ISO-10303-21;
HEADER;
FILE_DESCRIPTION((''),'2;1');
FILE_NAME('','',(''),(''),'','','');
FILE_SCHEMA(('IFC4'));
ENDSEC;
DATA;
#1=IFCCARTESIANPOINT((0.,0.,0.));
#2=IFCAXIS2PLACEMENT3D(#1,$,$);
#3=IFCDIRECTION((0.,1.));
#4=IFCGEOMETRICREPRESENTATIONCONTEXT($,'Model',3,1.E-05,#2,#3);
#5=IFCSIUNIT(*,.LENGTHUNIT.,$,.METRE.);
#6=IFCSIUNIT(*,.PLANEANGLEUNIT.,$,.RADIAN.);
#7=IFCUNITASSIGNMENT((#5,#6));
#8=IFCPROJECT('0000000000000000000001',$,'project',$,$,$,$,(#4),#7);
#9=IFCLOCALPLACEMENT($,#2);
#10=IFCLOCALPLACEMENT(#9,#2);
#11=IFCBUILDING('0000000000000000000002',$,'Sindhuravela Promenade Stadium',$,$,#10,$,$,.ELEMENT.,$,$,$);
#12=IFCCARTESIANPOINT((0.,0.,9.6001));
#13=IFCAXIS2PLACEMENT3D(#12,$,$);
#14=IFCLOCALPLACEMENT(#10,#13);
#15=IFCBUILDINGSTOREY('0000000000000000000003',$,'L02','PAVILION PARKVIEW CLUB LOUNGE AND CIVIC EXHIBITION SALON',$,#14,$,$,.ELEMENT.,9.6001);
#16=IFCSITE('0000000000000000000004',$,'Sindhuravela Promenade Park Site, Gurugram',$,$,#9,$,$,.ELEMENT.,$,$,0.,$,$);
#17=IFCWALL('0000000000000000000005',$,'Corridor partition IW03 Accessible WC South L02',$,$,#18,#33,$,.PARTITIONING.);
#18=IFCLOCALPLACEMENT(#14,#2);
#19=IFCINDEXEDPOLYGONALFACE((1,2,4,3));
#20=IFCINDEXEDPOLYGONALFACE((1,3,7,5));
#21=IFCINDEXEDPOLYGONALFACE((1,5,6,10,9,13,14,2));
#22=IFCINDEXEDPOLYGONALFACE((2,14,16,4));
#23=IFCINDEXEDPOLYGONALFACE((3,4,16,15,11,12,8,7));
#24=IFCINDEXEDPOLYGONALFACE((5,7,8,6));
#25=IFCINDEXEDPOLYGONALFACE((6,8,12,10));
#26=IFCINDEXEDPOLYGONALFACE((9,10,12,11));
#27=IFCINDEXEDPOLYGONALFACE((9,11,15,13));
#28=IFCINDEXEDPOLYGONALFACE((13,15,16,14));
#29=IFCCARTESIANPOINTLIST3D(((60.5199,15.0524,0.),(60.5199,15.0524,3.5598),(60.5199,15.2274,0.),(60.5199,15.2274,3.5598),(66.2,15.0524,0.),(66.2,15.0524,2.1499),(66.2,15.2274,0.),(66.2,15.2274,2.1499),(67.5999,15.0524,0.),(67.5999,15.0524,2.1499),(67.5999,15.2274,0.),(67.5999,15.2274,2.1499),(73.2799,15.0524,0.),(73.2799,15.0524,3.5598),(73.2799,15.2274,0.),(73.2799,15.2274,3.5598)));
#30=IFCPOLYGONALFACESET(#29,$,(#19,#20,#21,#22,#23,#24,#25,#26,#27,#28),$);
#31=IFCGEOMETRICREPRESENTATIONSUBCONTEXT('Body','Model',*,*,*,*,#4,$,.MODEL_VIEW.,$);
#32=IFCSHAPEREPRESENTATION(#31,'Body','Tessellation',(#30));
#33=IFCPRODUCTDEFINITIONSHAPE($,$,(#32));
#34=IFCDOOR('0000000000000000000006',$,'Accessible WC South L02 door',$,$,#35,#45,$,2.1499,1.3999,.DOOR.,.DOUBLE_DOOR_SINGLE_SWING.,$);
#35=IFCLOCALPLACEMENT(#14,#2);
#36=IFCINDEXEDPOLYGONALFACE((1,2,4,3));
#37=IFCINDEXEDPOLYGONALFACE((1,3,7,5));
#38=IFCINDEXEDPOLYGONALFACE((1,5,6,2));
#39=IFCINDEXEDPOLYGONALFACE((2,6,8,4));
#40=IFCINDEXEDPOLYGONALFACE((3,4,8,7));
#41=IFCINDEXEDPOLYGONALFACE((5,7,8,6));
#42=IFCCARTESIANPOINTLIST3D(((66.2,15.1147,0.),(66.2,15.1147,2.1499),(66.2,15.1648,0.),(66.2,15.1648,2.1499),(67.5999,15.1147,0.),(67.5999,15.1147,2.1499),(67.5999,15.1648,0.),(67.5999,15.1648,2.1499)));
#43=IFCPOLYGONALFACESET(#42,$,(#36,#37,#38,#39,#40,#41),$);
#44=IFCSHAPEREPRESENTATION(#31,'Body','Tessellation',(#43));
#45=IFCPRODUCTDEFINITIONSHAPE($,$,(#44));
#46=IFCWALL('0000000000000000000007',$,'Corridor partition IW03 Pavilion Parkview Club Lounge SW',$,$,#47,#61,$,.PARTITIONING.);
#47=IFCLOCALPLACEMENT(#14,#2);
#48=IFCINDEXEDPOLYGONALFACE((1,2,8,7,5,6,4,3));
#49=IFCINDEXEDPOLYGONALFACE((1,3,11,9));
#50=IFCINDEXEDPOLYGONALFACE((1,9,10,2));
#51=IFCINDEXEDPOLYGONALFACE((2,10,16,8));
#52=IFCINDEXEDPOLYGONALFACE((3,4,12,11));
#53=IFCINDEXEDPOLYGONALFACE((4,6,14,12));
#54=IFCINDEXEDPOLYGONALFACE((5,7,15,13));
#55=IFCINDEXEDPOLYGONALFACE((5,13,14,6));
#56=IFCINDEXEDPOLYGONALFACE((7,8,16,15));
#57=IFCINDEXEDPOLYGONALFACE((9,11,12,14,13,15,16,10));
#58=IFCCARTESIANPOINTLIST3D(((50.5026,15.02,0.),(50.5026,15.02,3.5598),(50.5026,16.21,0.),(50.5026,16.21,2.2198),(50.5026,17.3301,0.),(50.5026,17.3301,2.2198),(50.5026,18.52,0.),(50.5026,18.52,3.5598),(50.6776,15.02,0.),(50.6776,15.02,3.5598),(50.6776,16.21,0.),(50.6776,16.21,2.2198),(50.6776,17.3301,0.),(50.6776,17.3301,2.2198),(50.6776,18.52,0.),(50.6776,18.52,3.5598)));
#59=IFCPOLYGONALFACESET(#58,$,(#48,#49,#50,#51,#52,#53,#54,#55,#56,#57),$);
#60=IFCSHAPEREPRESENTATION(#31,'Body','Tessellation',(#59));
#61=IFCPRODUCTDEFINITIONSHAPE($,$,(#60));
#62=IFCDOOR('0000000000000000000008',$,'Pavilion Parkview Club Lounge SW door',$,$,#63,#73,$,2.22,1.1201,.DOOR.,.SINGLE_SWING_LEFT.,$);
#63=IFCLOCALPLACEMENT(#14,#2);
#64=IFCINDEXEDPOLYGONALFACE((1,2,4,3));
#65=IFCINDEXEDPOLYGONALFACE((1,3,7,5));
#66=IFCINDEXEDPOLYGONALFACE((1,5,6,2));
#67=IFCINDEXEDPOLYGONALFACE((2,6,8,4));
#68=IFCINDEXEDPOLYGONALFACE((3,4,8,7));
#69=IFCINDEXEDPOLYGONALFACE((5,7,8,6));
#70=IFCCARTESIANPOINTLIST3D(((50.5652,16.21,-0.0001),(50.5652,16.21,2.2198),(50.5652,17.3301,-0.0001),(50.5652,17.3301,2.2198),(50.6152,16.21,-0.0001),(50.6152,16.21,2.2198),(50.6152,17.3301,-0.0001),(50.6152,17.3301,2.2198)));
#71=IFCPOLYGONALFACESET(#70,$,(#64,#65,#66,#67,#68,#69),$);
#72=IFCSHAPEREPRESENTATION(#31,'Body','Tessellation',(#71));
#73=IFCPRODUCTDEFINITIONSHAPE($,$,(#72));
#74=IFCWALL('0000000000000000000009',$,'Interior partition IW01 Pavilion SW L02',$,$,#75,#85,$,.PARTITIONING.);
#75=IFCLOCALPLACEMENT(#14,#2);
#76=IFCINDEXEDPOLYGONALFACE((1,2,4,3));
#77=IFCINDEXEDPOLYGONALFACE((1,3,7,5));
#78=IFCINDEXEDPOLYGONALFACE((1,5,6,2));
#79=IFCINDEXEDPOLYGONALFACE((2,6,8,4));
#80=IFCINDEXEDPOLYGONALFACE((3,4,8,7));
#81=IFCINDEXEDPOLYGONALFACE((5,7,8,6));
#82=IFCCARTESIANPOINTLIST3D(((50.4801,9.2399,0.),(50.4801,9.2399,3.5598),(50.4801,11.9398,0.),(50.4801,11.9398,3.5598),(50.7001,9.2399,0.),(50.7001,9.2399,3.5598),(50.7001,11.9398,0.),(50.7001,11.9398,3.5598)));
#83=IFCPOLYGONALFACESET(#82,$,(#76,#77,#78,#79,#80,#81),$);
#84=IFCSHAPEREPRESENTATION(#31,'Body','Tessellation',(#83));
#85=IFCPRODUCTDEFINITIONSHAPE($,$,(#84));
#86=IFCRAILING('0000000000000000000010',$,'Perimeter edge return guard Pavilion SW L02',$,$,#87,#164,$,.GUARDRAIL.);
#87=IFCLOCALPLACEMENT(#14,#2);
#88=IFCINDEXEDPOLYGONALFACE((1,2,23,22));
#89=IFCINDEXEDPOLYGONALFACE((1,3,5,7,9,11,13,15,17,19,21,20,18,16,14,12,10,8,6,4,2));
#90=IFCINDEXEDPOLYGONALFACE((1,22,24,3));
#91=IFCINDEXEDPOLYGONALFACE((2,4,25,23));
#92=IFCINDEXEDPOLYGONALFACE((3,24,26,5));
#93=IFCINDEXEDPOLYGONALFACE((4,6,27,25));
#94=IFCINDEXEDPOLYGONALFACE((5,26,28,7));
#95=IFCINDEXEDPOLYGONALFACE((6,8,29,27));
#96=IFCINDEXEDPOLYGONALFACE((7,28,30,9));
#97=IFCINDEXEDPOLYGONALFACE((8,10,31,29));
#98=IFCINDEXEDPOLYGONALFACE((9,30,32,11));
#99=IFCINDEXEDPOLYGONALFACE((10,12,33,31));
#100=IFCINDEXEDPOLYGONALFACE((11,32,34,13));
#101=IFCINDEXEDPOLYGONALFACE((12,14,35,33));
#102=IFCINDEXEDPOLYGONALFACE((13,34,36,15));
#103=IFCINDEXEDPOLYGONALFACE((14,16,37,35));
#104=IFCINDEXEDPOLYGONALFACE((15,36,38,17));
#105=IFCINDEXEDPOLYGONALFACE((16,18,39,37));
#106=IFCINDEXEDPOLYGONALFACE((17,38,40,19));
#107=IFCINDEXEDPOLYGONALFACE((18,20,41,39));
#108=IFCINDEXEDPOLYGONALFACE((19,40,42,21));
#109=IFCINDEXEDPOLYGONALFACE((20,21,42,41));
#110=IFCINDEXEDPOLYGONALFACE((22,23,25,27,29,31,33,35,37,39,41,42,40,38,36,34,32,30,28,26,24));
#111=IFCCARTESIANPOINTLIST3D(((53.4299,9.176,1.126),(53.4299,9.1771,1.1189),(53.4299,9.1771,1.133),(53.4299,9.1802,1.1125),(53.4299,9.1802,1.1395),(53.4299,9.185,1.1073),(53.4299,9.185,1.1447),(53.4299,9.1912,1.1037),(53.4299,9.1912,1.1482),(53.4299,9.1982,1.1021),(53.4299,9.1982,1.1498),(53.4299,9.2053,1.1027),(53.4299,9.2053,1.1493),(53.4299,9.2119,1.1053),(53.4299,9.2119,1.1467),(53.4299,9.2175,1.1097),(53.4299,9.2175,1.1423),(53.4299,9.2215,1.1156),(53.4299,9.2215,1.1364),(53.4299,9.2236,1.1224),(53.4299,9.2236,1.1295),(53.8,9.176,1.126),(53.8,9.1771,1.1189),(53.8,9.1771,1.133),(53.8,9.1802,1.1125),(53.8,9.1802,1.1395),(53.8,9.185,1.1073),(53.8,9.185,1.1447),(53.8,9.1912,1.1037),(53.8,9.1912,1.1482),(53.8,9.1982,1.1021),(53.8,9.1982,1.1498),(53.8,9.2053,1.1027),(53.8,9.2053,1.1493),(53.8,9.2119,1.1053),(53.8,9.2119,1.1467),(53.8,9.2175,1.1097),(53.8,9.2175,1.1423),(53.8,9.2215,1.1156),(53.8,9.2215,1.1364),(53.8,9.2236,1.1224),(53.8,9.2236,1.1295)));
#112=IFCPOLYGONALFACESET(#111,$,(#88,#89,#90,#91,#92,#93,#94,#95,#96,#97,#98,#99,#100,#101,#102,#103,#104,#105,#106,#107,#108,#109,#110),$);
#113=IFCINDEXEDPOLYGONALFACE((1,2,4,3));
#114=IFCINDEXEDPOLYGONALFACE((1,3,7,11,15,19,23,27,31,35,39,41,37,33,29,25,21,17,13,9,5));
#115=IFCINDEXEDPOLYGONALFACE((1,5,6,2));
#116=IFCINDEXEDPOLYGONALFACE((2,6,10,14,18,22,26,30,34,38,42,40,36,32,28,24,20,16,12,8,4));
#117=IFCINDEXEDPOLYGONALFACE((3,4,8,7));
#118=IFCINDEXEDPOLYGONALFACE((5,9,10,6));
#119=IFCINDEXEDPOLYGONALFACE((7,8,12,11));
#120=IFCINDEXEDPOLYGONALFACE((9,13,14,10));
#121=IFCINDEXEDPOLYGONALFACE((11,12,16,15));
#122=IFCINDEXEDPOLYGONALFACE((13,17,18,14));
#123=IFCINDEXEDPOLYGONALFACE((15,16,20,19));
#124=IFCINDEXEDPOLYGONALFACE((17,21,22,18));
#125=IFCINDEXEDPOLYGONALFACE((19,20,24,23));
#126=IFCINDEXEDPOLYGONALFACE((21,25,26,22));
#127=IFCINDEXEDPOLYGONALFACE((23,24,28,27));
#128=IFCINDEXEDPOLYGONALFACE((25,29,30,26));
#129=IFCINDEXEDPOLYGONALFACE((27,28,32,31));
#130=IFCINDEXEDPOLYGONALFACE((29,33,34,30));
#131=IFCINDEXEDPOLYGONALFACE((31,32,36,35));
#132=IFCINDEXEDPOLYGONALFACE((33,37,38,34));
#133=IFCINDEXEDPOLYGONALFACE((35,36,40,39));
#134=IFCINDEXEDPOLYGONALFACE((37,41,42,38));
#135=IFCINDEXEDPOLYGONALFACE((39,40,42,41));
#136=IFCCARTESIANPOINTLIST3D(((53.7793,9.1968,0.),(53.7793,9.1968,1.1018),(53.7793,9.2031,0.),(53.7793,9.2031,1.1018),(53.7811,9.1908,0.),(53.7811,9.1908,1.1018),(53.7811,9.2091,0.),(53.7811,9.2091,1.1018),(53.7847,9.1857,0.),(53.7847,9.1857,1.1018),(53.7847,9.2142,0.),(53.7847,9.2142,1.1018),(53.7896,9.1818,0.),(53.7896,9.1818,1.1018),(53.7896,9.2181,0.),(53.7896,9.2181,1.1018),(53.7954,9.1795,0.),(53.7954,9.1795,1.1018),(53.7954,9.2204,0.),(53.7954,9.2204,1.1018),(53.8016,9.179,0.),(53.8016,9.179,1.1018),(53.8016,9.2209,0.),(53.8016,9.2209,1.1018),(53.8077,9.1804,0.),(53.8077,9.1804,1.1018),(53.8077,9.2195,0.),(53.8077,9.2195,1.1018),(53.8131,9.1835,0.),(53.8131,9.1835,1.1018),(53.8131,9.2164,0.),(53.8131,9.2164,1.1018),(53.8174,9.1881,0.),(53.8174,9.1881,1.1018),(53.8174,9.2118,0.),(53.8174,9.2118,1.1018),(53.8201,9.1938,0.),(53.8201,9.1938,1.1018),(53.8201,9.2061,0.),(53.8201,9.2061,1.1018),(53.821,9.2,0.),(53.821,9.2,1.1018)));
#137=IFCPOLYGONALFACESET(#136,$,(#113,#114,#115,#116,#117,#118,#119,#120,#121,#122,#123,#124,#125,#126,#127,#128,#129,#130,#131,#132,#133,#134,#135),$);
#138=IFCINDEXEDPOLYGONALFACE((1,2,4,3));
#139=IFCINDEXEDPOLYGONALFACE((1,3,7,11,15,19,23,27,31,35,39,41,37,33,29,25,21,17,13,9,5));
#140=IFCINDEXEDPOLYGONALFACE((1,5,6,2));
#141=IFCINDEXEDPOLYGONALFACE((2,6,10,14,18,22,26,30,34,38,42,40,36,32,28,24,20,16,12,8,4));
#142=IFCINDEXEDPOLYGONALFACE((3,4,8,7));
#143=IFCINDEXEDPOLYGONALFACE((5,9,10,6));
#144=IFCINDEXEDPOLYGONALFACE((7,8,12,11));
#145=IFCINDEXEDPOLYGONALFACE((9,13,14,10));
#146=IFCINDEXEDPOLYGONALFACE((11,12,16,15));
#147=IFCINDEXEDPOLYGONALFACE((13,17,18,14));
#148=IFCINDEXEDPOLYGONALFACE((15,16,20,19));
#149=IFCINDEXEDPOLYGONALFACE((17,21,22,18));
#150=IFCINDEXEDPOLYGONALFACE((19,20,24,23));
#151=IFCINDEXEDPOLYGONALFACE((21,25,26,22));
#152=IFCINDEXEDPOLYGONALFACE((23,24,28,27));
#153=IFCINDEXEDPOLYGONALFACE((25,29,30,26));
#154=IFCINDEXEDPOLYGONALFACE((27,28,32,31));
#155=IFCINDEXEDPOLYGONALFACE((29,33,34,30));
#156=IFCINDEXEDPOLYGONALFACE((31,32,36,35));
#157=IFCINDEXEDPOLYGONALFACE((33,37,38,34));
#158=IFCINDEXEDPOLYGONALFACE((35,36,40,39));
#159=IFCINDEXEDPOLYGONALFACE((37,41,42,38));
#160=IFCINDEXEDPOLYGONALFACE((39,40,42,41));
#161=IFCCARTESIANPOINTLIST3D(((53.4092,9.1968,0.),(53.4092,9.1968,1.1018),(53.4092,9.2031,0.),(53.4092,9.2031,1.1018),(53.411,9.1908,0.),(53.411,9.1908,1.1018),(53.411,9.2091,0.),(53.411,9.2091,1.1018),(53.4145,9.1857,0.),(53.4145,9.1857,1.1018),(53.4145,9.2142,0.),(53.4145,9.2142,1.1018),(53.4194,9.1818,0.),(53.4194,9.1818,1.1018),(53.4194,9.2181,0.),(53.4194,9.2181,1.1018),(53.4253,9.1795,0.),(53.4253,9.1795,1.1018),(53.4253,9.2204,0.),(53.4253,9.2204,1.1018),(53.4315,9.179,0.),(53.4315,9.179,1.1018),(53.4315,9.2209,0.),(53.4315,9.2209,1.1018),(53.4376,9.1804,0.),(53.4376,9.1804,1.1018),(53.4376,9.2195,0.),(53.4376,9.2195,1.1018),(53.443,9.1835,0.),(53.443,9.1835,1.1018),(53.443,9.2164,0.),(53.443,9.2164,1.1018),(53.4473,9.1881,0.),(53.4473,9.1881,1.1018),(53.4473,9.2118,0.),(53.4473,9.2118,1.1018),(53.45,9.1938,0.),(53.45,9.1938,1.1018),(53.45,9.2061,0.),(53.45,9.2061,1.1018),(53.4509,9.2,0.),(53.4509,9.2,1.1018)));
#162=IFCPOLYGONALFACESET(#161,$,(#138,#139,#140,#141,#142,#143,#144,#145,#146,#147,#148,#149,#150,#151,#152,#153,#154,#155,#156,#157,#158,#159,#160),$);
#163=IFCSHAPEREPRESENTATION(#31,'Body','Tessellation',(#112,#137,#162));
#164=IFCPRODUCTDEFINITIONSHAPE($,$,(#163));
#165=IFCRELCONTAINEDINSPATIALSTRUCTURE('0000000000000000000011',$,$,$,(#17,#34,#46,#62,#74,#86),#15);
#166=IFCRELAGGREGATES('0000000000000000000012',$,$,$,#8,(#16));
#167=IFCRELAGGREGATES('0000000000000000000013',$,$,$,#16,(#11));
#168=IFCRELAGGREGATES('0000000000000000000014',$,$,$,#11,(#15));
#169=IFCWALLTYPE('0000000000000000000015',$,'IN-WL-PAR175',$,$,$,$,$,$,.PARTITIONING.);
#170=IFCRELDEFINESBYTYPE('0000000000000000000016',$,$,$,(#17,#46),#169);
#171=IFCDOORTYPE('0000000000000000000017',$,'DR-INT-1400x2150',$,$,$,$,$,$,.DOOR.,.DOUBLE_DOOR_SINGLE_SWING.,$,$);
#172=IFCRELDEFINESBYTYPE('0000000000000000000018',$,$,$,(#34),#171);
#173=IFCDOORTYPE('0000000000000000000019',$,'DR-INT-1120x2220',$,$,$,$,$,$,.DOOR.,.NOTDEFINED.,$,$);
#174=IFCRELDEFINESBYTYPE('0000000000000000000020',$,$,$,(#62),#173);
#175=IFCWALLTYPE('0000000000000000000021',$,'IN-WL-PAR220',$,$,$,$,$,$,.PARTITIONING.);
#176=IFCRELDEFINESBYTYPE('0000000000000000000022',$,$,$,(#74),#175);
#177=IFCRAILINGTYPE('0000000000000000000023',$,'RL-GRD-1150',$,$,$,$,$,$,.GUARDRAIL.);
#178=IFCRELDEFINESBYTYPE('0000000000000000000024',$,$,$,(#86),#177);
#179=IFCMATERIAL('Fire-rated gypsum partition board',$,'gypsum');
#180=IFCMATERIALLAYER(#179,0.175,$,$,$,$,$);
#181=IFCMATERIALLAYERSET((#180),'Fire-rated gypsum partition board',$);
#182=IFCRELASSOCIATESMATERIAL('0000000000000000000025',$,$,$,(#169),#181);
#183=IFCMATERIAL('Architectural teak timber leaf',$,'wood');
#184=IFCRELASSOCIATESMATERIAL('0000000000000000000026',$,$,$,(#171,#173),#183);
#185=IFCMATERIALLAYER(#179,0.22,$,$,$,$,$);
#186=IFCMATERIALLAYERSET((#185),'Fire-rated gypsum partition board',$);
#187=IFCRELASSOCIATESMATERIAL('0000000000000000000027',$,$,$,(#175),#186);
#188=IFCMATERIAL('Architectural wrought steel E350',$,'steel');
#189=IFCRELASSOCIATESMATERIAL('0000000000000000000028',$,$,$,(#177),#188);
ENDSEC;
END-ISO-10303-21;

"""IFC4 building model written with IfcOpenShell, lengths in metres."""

from ifc_helpers import new_model, si_unit, direction, frame, frame_2d, origin, origin_2d, place, context, subcontext, project, spatial, rectangle, circle, extrude, material, layer, layer_set, type_object, element, fill, save


model = new_model("IFC4")

# Units and contexts
model_context = context("Model", 3, precision=1e-05, world=origin(), true_north=direction((0.0, 1.0)))
body_context = subcontext(model_context, "Body", "Model", "MODEL_VIEW")
ifc_project = project(units=[si_unit("LENGTHUNIT", "METRE"), si_unit("PLANEANGLEUNIT", "RADIAN")], contexts=[model_context])

# Site, building, storey
site_placement = place(None, origin())
site = spatial("IfcSite", under=ifc_project, at=site_placement, Name="Sindhuravela Promenade Park Site, Gurugram", CompositionType="ELEMENT", RefElevation=0.0)
building_placement = place(site_placement, origin())
building = spatial("IfcBuilding", under=site, at=building_placement, Name="Sindhuravela Promenade Stadium", CompositionType="ELEMENT")
storey_placement = place(building_placement, frame((0.0, 0.0, 9.6001)))
storey = spatial("IfcBuildingStorey", under=building, at=storey_placement, Name="L02", Description="PAVILION PARKVIEW CLUB LOUNGE AND CIVIC EXHIBITION SALON", CompositionType="ELEMENT", Elevation=9.6001)

# Shared definitions
ifc_material_1 = material(Name="Fire-rated gypsum partition board", Category="gypsum")
ifc_material_2 = material(Name="Architectural teak timber leaf", Category="wood")

# Walls, openings, doors
ifc_layer_1 = layer(ifc_material_1, 0.175)
ifc_layer_set_1 = layer_set([ifc_layer_1], Name="Fire-rated gypsum partition board")
wall_type_1 = type_object("IfcWallType", Name="IN-WL-PAR175", PredefinedType="PARTITIONING", material=ifc_layer_set_1)
wall_1_placement = place(storey_placement, frame((60.52, 15.1399, 0.0), z_axis=(0.0, 0.0, 1.0), x_axis=(1.0, 0.0, 0.0)))
wall_1 = element("IfcWall", 1, at=wall_1_placement, inside=storey, type_object=wall_type_1, Name="Corridor partition IW03 Accessible WC South L02", PredefinedType="PARTITIONING", context=body_context, shape_type="SweptSolid", body=[
    extrude(rectangle(XDim=12.76, YDim=0.175, at=frame_2d((6.3799, 0.0))), origin(), (0.0, 0.0, 1.0), 3.5598),
])
opening_1_placement = place(wall_1_placement, frame((5.6799, 0.0, 0.0)))
opening_1 = element("IfcOpeningElement", 2, at=opening_1_placement, cuts=wall_1, PredefinedType="OPENING", context=body_context, shape_type="SweptSolid", body=[
    extrude(rectangle(XDim=1.3999, YDim=2.1499, at=frame_2d((0.7, 1.075))), frame((0.0, 0.0974, 0.0), z_axis=(0.0, -1.0, 0.0), x_axis=(1.0, 0.0, 0.0)), (0.0, 0.0, 1.0), 0.1951),
])
door_type_1 = type_object("IfcDoorType", Name="DR-INT-1400x2150", OperationType="DOUBLE_DOOR_SINGLE_SWING", PredefinedType="DOOR", material=ifc_material_2)
door_1_placement = place(opening_1_placement, origin())
door_1 = element("IfcDoor", 3, at=door_1_placement, inside=storey, type_object=door_type_1, Name="Accessible WC South L02 door", OperationType="DOUBLE_DOOR_SINGLE_SWING", OverallHeight=2.1499, OverallWidth=1.3999, PredefinedType="DOOR", context=body_context, shape_type="SweptSolid", body=[
    extrude(rectangle(XDim=1.3999, YDim=2.1499, at=frame_2d((0.7, 1.075))), frame((0.0, 0.0249, 0.0), z_axis=(0.0, -1.0, 0.0), x_axis=(1.0, 0.0, 0.0)), (0.0, 0.0, 1.0), 0.05),
])
fill(opening_1, door_1)
wall_2_placement = place(storey_placement, frame((50.5901, 15.02, 0.0), z_axis=(0.0, 0.0, 1.0), x_axis=(0.0, 1.0, 0.0)))
wall_2 = element("IfcWall", 4, at=wall_2_placement, inside=storey, type_object=wall_type_1, Name="Corridor partition IW03 Pavilion Parkview Club Lounge SW", PredefinedType="PARTITIONING", context=body_context, shape_type="SweptSolid", body=[
    extrude(rectangle(XDim=3.5, YDim=0.175, at=frame_2d((1.75, 0.0))), origin(), (0.0, 0.0, 1.0), 3.5598),
])
opening_2_placement = place(wall_2_placement, frame((1.1899, 0.0, 0.0)))
opening_2 = element("IfcOpeningElement", 5, at=opening_2_placement, cuts=wall_2, PredefinedType="OPENING", context=body_context, shape_type="SweptSolid", body=[
    extrude(rectangle(XDim=1.1201, YDim=2.22, at=frame_2d((0.5601, 1.1099))), frame((0.0, 0.0974, 0.0), z_axis=(0.0, -1.0, 0.0), x_axis=(1.0, 0.0, 0.0)), (0.0, 0.0, 1.0), 0.1951),
])
door_type_2 = type_object("IfcDoorType", Name="DR-INT-1120x2220", OperationType="NOTDEFINED", PredefinedType="DOOR", material=ifc_material_2)
door_2_placement = place(opening_2_placement, origin())
door_2 = element("IfcDoor", 6, at=door_2_placement, inside=storey, type_object=door_type_2, Name="Pavilion Parkview Club Lounge SW door", OperationType="SINGLE_SWING_LEFT", OverallHeight=2.22, OverallWidth=1.1201, PredefinedType="DOOR", context=body_context, shape_type="SweptSolid", body=[
    extrude(rectangle(XDim=1.1201, YDim=2.22, at=frame_2d((0.5601, 1.1099))), frame((0.0, 0.0249, 0.0), z_axis=(0.0, -1.0, 0.0), x_axis=(1.0, 0.0, 0.0)), (0.0, 0.0, 1.0), 0.05),
])
fill(opening_2, door_2)

# Wall
ifc_layer_2 = layer(ifc_material_1, 0.22)
ifc_layer_set_2 = layer_set([ifc_layer_2], Name="Fire-rated gypsum partition board")
wall_type_2 = type_object("IfcWallType", Name="IN-WL-PAR220", PredefinedType="PARTITIONING", material=ifc_layer_set_2)
wall_3_placement = place(storey_placement, frame((50.5901, 11.9399, 0.0), z_axis=(0.0, 0.0, 1.0), x_axis=(0.0, -1.0, 0.0)))
element("IfcWall", 7, at=wall_3_placement, inside=storey, type_object=wall_type_2, Name="Interior partition IW01 Pavilion SW L02", PredefinedType="PARTITIONING", context=body_context, shape_type="SweptSolid", body=[
    extrude(rectangle(XDim=2.7, YDim=0.22, at=frame_2d((1.3501, 0.0))), origin(), (0.0, 0.0, 1.0), 3.5598),
])

# Railing
ifc_material_3 = material(Name="Architectural wrought steel E350", Category="steel")
railing_type = type_object("IfcRailingType", Name="RL-GRD-1150", PredefinedType="GUARDRAIL", material=ifc_material_3)
railing_placement = place(storey_placement, frame((53.8, 9.2, 0.0)))
element("IfcRailing", 8, at=railing_placement, inside=storey, type_object=railing_type, Name="Perimeter edge return guard Pavilion SW L02", PredefinedType="GUARDRAIL", context=body_context, shape_type="SweptSolid", body=[
    extrude(circle(Radius=0.0239, at=origin_2d()), frame((0.0, 0.0, 1.126), z_axis=(-1.0, 0.0, 0.0), x_axis=(0.0, -1.0, 0.0)), (0.0, 0.0, 1.0), 0.3701),
    extrude(circle(Radius=0.021, at=origin_2d()), origin(), (0.0, 0.0, 1.0), 1.1018),
    extrude(circle(Radius=0.021, at=origin_2d()), frame((-0.3701, 0.0, 0.0)), (0.0, 0.0, 1.0), 1.1018),
])

save(model, "model.ifc")
